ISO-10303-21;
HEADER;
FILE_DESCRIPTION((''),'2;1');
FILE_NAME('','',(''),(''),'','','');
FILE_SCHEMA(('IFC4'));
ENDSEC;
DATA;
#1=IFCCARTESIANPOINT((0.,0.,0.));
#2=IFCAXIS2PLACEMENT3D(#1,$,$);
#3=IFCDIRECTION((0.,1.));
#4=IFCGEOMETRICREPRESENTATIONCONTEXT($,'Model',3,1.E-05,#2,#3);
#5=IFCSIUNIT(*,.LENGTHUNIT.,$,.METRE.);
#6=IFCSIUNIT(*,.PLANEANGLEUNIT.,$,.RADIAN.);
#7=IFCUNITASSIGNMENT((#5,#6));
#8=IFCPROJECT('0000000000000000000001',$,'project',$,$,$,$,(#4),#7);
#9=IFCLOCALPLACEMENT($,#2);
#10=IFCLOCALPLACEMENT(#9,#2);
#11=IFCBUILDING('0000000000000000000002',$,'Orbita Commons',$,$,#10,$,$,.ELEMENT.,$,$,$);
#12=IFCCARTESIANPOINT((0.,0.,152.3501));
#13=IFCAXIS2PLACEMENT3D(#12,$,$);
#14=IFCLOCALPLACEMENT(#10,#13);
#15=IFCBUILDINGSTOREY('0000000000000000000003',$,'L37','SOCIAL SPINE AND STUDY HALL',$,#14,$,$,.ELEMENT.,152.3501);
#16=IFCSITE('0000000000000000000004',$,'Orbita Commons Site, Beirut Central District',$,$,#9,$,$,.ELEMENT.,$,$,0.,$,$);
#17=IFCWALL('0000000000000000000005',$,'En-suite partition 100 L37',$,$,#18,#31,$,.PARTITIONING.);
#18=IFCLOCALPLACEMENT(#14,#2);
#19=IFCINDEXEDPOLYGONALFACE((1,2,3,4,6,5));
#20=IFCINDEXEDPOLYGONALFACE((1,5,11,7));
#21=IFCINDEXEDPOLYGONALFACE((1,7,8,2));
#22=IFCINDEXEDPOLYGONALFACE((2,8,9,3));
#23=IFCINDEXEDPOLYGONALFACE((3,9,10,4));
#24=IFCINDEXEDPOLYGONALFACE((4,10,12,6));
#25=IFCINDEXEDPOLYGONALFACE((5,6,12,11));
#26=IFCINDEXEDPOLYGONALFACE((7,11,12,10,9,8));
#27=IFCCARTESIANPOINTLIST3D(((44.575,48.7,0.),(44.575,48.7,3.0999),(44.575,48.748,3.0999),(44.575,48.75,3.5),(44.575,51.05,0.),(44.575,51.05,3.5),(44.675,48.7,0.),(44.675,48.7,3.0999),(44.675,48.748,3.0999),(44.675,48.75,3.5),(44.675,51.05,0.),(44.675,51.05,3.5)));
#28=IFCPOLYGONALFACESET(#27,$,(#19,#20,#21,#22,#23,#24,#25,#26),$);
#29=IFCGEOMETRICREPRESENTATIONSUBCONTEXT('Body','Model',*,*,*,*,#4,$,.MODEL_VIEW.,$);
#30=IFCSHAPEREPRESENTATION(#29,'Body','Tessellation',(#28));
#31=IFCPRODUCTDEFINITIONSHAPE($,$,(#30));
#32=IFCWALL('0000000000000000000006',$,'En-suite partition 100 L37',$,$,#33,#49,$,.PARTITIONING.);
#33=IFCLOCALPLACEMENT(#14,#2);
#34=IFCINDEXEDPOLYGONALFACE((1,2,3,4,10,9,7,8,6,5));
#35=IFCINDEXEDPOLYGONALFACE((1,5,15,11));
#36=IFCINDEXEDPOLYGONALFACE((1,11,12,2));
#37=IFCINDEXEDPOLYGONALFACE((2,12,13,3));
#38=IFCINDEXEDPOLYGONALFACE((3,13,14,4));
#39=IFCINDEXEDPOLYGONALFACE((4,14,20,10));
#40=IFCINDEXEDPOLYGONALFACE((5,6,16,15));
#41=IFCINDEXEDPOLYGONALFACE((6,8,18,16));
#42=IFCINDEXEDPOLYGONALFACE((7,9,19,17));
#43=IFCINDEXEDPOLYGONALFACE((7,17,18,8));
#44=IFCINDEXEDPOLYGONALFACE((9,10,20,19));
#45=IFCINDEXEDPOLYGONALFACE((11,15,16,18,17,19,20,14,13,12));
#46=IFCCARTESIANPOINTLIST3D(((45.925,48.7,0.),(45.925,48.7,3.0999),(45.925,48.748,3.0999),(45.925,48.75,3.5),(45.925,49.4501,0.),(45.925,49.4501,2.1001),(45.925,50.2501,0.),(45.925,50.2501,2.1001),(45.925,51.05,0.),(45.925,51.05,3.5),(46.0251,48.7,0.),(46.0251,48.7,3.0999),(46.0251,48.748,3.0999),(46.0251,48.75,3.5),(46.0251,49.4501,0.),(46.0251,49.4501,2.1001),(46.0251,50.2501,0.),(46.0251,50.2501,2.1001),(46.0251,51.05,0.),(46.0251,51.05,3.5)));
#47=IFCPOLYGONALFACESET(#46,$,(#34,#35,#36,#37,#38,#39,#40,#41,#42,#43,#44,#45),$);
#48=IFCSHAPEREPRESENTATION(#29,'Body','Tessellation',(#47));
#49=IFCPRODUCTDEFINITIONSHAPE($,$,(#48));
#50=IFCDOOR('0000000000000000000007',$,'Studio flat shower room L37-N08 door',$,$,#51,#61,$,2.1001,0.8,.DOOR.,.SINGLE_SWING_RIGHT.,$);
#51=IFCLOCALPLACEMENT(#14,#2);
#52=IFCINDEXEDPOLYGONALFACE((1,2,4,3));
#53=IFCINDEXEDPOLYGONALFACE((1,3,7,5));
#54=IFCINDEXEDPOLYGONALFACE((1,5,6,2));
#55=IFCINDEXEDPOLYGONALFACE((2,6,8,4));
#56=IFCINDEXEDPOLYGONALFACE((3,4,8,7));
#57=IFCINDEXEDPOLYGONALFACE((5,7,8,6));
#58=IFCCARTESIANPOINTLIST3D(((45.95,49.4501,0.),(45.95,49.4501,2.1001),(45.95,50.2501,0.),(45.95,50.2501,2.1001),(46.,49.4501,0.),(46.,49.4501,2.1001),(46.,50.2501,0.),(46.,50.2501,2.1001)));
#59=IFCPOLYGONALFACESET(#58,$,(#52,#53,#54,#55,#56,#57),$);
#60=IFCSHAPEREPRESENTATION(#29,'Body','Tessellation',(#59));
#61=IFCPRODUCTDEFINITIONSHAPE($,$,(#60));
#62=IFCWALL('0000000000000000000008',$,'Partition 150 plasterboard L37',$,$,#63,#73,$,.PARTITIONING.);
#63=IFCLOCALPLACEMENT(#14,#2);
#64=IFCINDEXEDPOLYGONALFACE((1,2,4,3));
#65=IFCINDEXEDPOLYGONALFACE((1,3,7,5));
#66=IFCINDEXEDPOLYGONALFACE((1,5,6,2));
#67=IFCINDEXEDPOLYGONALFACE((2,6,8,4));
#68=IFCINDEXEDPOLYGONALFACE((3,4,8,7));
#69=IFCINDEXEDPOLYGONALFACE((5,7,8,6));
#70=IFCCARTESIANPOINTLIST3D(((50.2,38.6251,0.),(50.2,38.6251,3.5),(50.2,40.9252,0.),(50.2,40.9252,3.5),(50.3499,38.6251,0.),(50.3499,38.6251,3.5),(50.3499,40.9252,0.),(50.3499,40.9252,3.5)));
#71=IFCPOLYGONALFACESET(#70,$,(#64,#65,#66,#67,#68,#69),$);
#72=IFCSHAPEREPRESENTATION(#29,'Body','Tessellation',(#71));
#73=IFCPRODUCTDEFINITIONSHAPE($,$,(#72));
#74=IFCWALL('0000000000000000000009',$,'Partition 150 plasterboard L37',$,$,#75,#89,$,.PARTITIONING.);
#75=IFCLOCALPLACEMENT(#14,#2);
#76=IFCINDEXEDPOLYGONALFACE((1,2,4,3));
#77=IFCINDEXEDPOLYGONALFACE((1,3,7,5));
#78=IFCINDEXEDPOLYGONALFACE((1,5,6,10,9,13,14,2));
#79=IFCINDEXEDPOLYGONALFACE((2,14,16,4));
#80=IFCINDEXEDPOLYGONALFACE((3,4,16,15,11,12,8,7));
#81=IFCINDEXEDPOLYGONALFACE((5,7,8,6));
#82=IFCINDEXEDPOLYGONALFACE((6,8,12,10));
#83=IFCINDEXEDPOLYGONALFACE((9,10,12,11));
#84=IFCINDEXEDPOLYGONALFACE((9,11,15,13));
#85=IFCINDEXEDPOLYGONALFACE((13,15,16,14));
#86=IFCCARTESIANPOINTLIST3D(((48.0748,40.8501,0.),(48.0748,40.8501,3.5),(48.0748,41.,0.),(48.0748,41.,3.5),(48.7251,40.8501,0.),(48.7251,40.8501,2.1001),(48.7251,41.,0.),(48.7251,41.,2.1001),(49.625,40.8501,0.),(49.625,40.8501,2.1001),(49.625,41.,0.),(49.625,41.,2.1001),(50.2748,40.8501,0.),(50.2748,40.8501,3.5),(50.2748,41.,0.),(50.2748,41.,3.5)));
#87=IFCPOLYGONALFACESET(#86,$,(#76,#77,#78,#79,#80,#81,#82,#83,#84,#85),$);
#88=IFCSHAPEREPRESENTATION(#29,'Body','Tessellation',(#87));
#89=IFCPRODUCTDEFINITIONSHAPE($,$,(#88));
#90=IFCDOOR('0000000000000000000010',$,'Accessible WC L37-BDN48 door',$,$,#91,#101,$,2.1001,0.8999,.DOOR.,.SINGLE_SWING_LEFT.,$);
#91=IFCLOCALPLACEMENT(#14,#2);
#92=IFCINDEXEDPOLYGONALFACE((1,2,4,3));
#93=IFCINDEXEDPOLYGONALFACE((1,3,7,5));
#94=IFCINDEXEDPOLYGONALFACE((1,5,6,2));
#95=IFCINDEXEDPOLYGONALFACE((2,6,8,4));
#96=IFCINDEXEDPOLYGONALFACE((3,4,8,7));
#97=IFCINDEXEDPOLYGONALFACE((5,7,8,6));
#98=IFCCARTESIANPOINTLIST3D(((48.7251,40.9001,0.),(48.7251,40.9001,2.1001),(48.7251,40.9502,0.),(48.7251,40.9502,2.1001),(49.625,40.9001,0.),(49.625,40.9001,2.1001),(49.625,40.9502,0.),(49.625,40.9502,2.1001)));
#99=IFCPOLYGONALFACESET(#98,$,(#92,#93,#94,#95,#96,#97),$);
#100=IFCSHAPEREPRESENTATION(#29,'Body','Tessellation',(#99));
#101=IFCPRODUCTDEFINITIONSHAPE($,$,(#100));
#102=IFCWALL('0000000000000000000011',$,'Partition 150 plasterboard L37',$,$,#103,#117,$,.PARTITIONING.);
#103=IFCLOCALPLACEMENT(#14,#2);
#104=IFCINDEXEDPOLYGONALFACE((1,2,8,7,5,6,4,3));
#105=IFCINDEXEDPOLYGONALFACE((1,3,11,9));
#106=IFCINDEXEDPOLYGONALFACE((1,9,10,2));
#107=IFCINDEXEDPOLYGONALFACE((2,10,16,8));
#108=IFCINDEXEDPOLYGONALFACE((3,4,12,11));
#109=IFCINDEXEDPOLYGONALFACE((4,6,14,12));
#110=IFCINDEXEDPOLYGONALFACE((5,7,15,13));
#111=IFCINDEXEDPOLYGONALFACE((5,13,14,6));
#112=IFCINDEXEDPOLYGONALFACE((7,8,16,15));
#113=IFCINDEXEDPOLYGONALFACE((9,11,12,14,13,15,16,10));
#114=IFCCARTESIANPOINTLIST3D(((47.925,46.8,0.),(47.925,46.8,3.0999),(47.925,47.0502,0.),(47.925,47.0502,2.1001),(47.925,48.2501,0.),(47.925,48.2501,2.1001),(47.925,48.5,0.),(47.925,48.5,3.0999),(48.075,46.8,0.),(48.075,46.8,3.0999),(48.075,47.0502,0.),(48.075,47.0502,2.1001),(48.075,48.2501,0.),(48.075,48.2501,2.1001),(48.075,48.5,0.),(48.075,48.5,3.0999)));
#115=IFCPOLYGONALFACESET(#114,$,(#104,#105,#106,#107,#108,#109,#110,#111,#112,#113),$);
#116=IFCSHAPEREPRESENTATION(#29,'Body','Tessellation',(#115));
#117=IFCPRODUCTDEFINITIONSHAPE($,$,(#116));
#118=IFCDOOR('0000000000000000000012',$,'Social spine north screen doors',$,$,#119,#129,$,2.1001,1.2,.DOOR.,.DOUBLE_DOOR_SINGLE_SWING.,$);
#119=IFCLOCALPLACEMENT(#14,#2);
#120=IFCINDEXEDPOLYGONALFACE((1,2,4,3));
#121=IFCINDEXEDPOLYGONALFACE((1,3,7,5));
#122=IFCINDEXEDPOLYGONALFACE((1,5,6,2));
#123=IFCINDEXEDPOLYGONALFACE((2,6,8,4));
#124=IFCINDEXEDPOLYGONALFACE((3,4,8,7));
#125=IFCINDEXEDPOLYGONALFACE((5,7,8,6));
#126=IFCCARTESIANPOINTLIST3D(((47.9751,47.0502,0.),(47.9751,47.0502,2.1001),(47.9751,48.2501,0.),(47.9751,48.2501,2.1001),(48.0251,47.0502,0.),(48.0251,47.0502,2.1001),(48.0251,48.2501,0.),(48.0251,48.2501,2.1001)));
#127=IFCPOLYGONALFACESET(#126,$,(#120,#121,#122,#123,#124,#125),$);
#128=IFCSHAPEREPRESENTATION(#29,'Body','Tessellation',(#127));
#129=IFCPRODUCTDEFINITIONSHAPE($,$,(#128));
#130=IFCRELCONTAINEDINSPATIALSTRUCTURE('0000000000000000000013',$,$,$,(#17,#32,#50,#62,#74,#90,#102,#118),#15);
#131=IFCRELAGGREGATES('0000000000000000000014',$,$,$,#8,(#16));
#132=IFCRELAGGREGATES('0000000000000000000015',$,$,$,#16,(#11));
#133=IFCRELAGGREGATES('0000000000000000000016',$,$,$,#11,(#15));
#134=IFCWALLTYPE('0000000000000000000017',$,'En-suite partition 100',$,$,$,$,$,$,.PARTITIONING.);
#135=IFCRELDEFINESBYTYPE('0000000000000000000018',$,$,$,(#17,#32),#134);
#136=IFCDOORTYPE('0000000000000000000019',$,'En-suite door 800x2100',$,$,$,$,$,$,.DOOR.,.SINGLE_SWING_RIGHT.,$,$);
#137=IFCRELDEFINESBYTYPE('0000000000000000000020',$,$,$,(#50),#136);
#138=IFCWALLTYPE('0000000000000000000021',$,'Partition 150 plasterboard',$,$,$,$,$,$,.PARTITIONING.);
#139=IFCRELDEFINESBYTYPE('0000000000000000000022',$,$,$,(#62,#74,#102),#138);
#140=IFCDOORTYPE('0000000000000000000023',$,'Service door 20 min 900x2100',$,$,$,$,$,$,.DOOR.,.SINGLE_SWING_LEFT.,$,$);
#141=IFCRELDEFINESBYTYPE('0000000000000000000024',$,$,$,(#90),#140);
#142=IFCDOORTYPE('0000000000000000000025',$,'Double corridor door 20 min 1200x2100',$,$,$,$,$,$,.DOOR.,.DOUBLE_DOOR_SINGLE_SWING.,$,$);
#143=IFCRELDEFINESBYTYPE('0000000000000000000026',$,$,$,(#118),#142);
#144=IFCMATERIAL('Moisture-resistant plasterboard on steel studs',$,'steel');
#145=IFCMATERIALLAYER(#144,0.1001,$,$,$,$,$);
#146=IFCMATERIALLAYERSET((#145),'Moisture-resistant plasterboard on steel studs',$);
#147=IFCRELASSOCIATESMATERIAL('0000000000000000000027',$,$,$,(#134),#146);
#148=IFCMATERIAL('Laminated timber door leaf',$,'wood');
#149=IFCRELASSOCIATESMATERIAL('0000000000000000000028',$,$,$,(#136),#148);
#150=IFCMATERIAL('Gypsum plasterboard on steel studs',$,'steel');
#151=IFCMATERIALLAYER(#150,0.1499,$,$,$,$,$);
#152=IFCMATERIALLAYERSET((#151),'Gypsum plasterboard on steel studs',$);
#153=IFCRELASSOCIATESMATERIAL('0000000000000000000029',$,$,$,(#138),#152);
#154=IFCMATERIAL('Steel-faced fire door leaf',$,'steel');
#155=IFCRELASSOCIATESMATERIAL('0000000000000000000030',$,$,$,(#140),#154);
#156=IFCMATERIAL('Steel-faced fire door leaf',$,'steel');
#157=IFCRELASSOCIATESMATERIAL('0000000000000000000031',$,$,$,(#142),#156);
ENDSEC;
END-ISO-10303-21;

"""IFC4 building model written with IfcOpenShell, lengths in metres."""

from ifc_helpers import new_model, si_unit, direction, frame, frame_2d, origin, place, context, subcontext, project, spatial, polyline, rectangle, outline, extrude, material, layer, layer_set, type_object, element, fill, save


model = new_model("IFC4")

# Units and contexts
model_context = context("Model", 3, precision=1e-05, world=origin(), true_north=direction((0.0, 1.0)))
body_context = subcontext(model_context, "Body", "Model", "MODEL_VIEW")
ifc_project = project(units=[si_unit("LENGTHUNIT", "METRE"), si_unit("PLANEANGLEUNIT", "RADIAN")], contexts=[model_context])

# Site, building, storey
site_placement = place(None, origin())
site = spatial("IfcSite", under=ifc_project, at=site_placement, Name="Orbita Commons Site, Beirut Central District", CompositionType="ELEMENT", RefElevation=0.0)
building_placement = place(site_placement, origin())
building = spatial("IfcBuilding", under=site, at=building_placement, Name="Orbita Commons", CompositionType="ELEMENT")
storey_placement = place(building_placement, frame((0.0, 0.0, 152.3501)))
storey = spatial("IfcBuildingStorey", under=building, at=storey_placement, Name="L37", Description="SOCIAL SPINE AND STUDY HALL", CompositionType="ELEMENT", Elevation=152.3501)

# Wall
ifc_material_1 = material(Name="Moisture-resistant plasterboard on steel studs", Category="steel")
ifc_layer_1 = layer(ifc_material_1, 0.1001)
ifc_layer_set_1 = layer_set([ifc_layer_1], Name="Moisture-resistant plasterboard on steel studs")
wall_type_1 = type_object("IfcWallType", Name="En-suite partition 100", PredefinedType="PARTITIONING", material=ifc_layer_set_1)
wall_1_placement = place(storey_placement, frame((44.625, 51.05, 0.0), z_axis=(0.0, 0.0, 1.0), x_axis=(0.0, -1.0, 0.0)))
element("IfcWall", 1, at=wall_1_placement, inside=storey, type_object=wall_type_1, Name="En-suite partition 100 L37", PredefinedType="PARTITIONING", context=body_context, shape_type="SweptSolid", body=[
    extrude(outline(polyline([(0.0, 0.0), (2.3501, 0.0), (2.3501, 3.0999), (2.302, 3.0999), (2.3, 3.5), (0.0, 3.5), (0.0, 0.0)])), frame((0.0, 0.05, 0.0), z_axis=(0.0, -1.0, 0.0), x_axis=(1.0, 0.0, 0.0)), (0.0, 0.0, 1.0), 0.1001),
])

# Wall, opening, door
wall_2_placement = place(storey_placement, frame((45.9751, 51.05, 0.0), z_axis=(0.0, 0.0, 1.0), x_axis=(0.0, -1.0, 0.0)))
wall_2 = element("IfcWall", 2, at=wall_2_placement, inside=storey, type_object=wall_type_1, Name="En-suite partition 100 L37", PredefinedType="PARTITIONING", context=body_context, shape_type="SweptSolid", body=[
    extrude(outline(polyline([(0.0, 0.0), (2.3501, 0.0), (2.3501, 3.0999), (2.302, 3.0999), (2.3, 3.5), (0.0, 3.5), (0.0, 0.0)])), frame((0.0, 0.05, 0.0), z_axis=(0.0, -1.0, 0.0), x_axis=(1.0, 0.0, 0.0)), (0.0, 0.0, 1.0), 0.1001),
])
opening_1_placement = place(wall_2_placement, frame((0.8, 0.0, 0.0)))
opening_1 = element("IfcOpeningElement", 3, at=opening_1_placement, cuts=wall_2, PredefinedType="OPENING", context=body_context, shape_type="SweptSolid", body=[
    extrude(rectangle(XDim=0.8, YDim=2.1001, at=frame_2d((0.3999, 1.05))), frame((0.0, 0.0601, 0.0), z_axis=(0.0, -1.0, 0.0), x_axis=(1.0, 0.0, 0.0)), (0.0, 0.0, 1.0), 0.1201),
])
ifc_material_2 = material(Name="Laminated timber door leaf", Category="wood")
door_type_1 = type_object("IfcDoorType", Name="En-suite door 800x2100", OperationType="SINGLE_SWING_RIGHT", PredefinedType="DOOR", material=ifc_material_2)
door_1_placement = place(opening_1_placement, origin())
door_1 = element("IfcDoor", 4, at=door_1_placement, inside=storey, type_object=door_type_1, Name="Studio flat shower room L37-N08 door", OperationType="SINGLE_SWING_RIGHT", OverallHeight=2.1001, OverallWidth=0.8, PredefinedType="DOOR", context=body_context, shape_type="SweptSolid", body=[
    extrude(rectangle(XDim=0.8, YDim=2.1001, at=frame_2d((0.3999, 1.05))), frame((0.0, 0.0249, 0.0), z_axis=(0.0, -1.0, 0.0), x_axis=(1.0, 0.0, 0.0)), (0.0, 0.0, 1.0), 0.05),
])
fill(opening_1, door_1)

# Wall
ifc_material_3 = material(Name="Gypsum plasterboard on steel studs", Category="steel")
ifc_layer_2 = layer(ifc_material_3, 0.1499)
ifc_layer_set_2 = layer_set([ifc_layer_2], Name="Gypsum plasterboard on steel studs")
wall_type_2 = type_object("IfcWallType", Name="Partition 150 plasterboard", PredefinedType="PARTITIONING", material=ifc_layer_set_2)
wall_3_placement = place(storey_placement, frame((50.2749, 40.925, 0.0), z_axis=(0.0, 0.0, 1.0), x_axis=(0.0, -1.0, 0.0)))
element("IfcWall", 5, at=wall_3_placement, inside=storey, type_object=wall_type_2, Name="Partition 150 plasterboard L37", PredefinedType="PARTITIONING", context=body_context, shape_type="SweptSolid", body=[
    extrude(rectangle(XDim=2.3, YDim=0.1499, at=frame_2d((1.1499, 0.0))), origin(), (0.0, 0.0, 1.0), 3.5),
])

# Walls, openings, doors
wall_4_placement = place(storey_placement, frame((50.2749, 40.925, 0.0), z_axis=(0.0, 0.0, 1.0), x_axis=(-1.0, 0.0, 0.0)))
wall_4 = element("IfcWall", 6, at=wall_4_placement, inside=storey, type_object=wall_type_2, Name="Partition 150 plasterboard L37", PredefinedType="PARTITIONING", context=body_context, shape_type="SweptSolid", body=[
    extrude(rectangle(XDim=2.2, YDim=0.1499, at=frame_2d((1.1001, 0.0))), origin(), (0.0, 0.0, 1.0), 3.5),
])
opening_2_placement = place(wall_4_placement, frame((0.6499, 0.0, 0.0)))
opening_2 = element("IfcOpeningElement", 7, at=opening_2_placement, cuts=wall_4, PredefinedType="OPENING", context=body_context, shape_type="SweptSolid", body=[
    extrude(rectangle(XDim=0.8999, YDim=2.1001, at=frame_2d((0.45, 1.05))), frame((0.0, 0.085, 0.0), z_axis=(0.0, -1.0, 0.0), x_axis=(1.0, 0.0, 0.0)), (0.0, 0.0, 1.0), 0.1699),
])
ifc_material_4 = material(Name="Steel-faced fire door leaf", Category="steel")
door_type_2 = type_object("IfcDoorType", Name="Service door 20 min 900x2100", OperationType="SINGLE_SWING_LEFT", PredefinedType="DOOR", material=ifc_material_4)
door_2_placement = place(opening_2_placement, origin())
door_2 = element("IfcDoor", 8, at=door_2_placement, inside=storey, type_object=door_type_2, Name="Accessible WC L37-BDN48 door", OperationType="SINGLE_SWING_LEFT", OverallHeight=2.1001, OverallWidth=0.8999, PredefinedType="DOOR", context=body_context, shape_type="SweptSolid", body=[
    extrude(rectangle(XDim=0.8999, YDim=2.1001, at=frame_2d((0.45, 1.05))), frame((0.0, 0.0249, 0.0), z_axis=(0.0, -1.0, 0.0), x_axis=(1.0, 0.0, 0.0)), (0.0, 0.0, 1.0), 0.05),
])
fill(opening_2, door_2)
wall_5_placement = place(storey_placement, frame((48.0, 46.8, 0.0), z_axis=(0.0, 0.0, 1.0), x_axis=(0.0, 1.0, 0.0)))
wall_5 = element("IfcWall", 9, at=wall_5_placement, inside=storey, type_object=wall_type_2, Name="Partition 150 plasterboard L37", PredefinedType="PARTITIONING", context=body_context, shape_type="SweptSolid", body=[
    extrude(outline(polyline([(0.0, 0.0), (1.7, 0.0), (1.7, 3.0999), (0.0, 3.0999), (0.0, 0.0)])), frame((0.0, 0.075, 0.0), z_axis=(0.0, -1.0, 0.0), x_axis=(1.0, 0.0, 0.0)), (0.0, 0.0, 1.0), 0.1499),
])
opening_3_placement = place(wall_5_placement, frame((0.25, 0.0, 0.0)))
opening_3 = element("IfcOpeningElement", 10, at=opening_3_placement, cuts=wall_5, PredefinedType="OPENING", context=body_context, shape_type="SweptSolid", body=[
    extrude(rectangle(XDim=1.2, YDim=2.1001, at=frame_2d((0.6001, 1.05))), frame((0.0, 0.085, 0.0), z_axis=(0.0, -1.0, 0.0), x_axis=(1.0, 0.0, 0.0)), (0.0, 0.0, 1.0), 0.1699),
])
ifc_material_5 = material(Name="Steel-faced fire door leaf", Category="steel")
door_type_3 = type_object("IfcDoorType", Name="Double corridor door 20 min 1200x2100", OperationType="DOUBLE_DOOR_SINGLE_SWING", PredefinedType="DOOR", material=ifc_material_5)
door_3_placement = place(opening_3_placement, origin())
door_3 = element("IfcDoor", 11, at=door_3_placement, inside=storey, type_object=door_type_3, Name="Social spine north screen doors", OperationType="DOUBLE_DOOR_SINGLE_SWING", OverallHeight=2.1001, OverallWidth=1.2, PredefinedType="DOOR", context=body_context, shape_type="SweptSolid", body=[
    extrude(rectangle(XDim=1.2, YDim=2.1001, at=frame_2d((0.6001, 1.05))), frame((0.0, 0.0249, 0.0), z_axis=(0.0, -1.0, 0.0), x_axis=(1.0, 0.0, 0.0)), (0.0, 0.0, 1.0), 0.05),
])
fill(opening_3, door_3)

save(model, "model.ifc")
